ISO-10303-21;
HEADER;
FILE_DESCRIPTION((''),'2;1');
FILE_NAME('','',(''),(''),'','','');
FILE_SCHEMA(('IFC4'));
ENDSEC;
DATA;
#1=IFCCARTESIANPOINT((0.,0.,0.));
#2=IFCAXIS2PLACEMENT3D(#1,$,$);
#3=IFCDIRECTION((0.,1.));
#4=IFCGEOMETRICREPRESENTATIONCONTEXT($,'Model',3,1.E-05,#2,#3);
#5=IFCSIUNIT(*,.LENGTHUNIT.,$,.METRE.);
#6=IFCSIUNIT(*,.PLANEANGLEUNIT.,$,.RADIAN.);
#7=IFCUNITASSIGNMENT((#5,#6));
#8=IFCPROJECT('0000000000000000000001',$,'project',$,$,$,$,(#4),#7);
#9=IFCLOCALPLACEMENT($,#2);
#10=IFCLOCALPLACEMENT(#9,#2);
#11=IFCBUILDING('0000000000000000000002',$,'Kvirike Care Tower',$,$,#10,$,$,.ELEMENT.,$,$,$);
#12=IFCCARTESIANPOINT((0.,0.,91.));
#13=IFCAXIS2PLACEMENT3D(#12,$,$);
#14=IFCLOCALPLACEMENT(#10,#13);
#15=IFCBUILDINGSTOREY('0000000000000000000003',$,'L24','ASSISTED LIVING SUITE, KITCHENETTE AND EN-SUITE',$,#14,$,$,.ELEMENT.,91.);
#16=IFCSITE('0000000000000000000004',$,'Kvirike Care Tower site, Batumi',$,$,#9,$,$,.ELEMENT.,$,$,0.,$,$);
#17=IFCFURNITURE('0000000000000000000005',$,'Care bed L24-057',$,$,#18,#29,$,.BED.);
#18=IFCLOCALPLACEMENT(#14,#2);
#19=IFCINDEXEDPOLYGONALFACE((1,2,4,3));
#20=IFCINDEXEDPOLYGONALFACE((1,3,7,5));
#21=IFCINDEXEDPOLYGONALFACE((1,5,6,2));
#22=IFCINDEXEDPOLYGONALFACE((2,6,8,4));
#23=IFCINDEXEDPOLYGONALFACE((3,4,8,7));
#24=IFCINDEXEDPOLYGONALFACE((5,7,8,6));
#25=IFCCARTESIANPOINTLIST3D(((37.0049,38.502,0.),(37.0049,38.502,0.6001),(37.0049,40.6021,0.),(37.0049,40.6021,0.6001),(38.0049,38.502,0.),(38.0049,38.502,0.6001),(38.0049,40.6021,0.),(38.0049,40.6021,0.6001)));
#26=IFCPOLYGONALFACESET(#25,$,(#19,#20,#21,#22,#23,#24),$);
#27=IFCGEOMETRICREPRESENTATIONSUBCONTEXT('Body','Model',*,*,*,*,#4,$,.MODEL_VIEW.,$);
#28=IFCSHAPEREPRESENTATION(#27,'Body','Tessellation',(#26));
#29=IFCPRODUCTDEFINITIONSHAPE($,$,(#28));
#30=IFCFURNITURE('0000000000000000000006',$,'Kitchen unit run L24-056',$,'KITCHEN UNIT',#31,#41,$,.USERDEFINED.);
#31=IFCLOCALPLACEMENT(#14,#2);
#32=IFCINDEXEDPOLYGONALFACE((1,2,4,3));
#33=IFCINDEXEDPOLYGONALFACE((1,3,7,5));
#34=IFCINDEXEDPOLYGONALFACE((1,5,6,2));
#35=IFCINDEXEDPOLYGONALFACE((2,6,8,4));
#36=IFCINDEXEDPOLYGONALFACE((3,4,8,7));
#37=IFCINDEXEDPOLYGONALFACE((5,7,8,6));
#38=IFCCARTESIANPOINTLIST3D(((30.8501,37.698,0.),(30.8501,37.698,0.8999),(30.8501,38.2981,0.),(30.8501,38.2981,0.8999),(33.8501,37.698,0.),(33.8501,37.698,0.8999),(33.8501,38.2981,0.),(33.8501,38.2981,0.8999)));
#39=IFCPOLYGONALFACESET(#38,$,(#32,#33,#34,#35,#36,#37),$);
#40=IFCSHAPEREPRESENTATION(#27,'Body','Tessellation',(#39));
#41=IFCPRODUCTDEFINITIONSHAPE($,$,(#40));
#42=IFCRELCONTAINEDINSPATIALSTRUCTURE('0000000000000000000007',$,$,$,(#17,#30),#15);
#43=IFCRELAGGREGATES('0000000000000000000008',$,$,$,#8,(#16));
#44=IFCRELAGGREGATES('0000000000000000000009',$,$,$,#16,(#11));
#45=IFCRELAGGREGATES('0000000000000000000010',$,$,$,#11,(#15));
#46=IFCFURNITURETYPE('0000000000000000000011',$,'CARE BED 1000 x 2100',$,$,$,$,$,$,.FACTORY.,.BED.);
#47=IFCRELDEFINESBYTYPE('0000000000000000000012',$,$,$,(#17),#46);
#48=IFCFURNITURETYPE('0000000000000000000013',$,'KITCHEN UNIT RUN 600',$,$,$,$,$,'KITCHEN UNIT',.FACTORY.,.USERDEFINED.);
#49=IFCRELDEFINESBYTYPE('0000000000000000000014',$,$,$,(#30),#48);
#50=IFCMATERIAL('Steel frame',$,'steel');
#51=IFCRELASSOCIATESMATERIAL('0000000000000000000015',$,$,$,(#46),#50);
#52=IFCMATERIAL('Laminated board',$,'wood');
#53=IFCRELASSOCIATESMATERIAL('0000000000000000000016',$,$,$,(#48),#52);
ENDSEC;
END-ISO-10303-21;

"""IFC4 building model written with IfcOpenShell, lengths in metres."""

from ifc_helpers import new_model, si_unit, direction, frame, origin, origin_2d, place, context, subcontext, project, spatial, rectangle, extrude, material, type_object, element, save


model = new_model("IFC4")

# Units and contexts
model_context = context("Model", 3, precision=1e-05, world=origin(), true_north=direction((0.0, 1.0)))
body_context = subcontext(model_context, "Body", "Model", "MODEL_VIEW")
ifc_project = project(units=[si_unit("LENGTHUNIT", "METRE"), si_unit("PLANEANGLEUNIT", "RADIAN")], contexts=[model_context])

# Site, building, storey
site_placement = place(None, origin())
site = spatial("IfcSite", under=ifc_project, at=site_placement, Name="Kvirike Care Tower site, Batumi", CompositionType="ELEMENT", RefElevation=0.0)
building_placement = place(site_placement, origin())
building = spatial("IfcBuilding", under=site, at=building_placement, Name="Kvirike Care Tower", CompositionType="ELEMENT")
storey_placement = place(building_placement, frame((0.0, 0.0, 91.0)))
storey = spatial("IfcBuildingStorey", under=building, at=storey_placement, Name="L24", Description="ASSISTED LIVING SUITE, KITCHENETTE AND EN-SUITE", CompositionType="ELEMENT", Elevation=91.0)

# Furniture
ifc_material_1 = material(Name="Steel frame", Category="steel")
furniture_type_1 = type_object("IfcFurnitureType", Name="CARE BED 1000 x 2100", AssemblyPlace="FACTORY", PredefinedType="BED", material=ifc_material_1)
furniture_1_placement = place(storey_placement, frame((37.5049, 39.552, 0.0), z_axis=(0.0, 0.0, 1.0), x_axis=(-1.0, 0.0, 0.0)))
element("IfcFurniture", 1, at=furniture_1_placement, inside=storey, type_object=furniture_type_1, Name="Care bed L24-057", PredefinedType="BED", context=body_context, shape_type="SweptSolid", body=[
    extrude(rectangle(XDim=1.0, YDim=2.1001, at=origin_2d()), origin(), (0.0, 0.0, 1.0), 0.6001),
])
ifc_material_2 = material(Name="Laminated board", Category="wood")
furniture_type_2 = type_object("IfcFurnitureType", Name="KITCHEN UNIT RUN 600", ElementType="KITCHEN UNIT", AssemblyPlace="FACTORY", PredefinedType="USERDEFINED", material=ifc_material_2)
furniture_2_placement = place(storey_placement, frame((32.3501, 37.998, 0.0), z_axis=(0.0, 0.0, 1.0), x_axis=(1.0, 0.0, 0.0)))
element("IfcFurniture", 2, at=furniture_2_placement, inside=storey, type_object=furniture_type_2, Name="Kitchen unit run L24-056", ObjectType="KITCHEN UNIT", PredefinedType="USERDEFINED", context=body_context, shape_type="SweptSolid", body=[
    extrude(rectangle(XDim=3.0, YDim=0.6001, at=origin_2d()), origin(), (0.0, 0.0, 1.0), 0.8999),
])

save(model, "model.ifc")
